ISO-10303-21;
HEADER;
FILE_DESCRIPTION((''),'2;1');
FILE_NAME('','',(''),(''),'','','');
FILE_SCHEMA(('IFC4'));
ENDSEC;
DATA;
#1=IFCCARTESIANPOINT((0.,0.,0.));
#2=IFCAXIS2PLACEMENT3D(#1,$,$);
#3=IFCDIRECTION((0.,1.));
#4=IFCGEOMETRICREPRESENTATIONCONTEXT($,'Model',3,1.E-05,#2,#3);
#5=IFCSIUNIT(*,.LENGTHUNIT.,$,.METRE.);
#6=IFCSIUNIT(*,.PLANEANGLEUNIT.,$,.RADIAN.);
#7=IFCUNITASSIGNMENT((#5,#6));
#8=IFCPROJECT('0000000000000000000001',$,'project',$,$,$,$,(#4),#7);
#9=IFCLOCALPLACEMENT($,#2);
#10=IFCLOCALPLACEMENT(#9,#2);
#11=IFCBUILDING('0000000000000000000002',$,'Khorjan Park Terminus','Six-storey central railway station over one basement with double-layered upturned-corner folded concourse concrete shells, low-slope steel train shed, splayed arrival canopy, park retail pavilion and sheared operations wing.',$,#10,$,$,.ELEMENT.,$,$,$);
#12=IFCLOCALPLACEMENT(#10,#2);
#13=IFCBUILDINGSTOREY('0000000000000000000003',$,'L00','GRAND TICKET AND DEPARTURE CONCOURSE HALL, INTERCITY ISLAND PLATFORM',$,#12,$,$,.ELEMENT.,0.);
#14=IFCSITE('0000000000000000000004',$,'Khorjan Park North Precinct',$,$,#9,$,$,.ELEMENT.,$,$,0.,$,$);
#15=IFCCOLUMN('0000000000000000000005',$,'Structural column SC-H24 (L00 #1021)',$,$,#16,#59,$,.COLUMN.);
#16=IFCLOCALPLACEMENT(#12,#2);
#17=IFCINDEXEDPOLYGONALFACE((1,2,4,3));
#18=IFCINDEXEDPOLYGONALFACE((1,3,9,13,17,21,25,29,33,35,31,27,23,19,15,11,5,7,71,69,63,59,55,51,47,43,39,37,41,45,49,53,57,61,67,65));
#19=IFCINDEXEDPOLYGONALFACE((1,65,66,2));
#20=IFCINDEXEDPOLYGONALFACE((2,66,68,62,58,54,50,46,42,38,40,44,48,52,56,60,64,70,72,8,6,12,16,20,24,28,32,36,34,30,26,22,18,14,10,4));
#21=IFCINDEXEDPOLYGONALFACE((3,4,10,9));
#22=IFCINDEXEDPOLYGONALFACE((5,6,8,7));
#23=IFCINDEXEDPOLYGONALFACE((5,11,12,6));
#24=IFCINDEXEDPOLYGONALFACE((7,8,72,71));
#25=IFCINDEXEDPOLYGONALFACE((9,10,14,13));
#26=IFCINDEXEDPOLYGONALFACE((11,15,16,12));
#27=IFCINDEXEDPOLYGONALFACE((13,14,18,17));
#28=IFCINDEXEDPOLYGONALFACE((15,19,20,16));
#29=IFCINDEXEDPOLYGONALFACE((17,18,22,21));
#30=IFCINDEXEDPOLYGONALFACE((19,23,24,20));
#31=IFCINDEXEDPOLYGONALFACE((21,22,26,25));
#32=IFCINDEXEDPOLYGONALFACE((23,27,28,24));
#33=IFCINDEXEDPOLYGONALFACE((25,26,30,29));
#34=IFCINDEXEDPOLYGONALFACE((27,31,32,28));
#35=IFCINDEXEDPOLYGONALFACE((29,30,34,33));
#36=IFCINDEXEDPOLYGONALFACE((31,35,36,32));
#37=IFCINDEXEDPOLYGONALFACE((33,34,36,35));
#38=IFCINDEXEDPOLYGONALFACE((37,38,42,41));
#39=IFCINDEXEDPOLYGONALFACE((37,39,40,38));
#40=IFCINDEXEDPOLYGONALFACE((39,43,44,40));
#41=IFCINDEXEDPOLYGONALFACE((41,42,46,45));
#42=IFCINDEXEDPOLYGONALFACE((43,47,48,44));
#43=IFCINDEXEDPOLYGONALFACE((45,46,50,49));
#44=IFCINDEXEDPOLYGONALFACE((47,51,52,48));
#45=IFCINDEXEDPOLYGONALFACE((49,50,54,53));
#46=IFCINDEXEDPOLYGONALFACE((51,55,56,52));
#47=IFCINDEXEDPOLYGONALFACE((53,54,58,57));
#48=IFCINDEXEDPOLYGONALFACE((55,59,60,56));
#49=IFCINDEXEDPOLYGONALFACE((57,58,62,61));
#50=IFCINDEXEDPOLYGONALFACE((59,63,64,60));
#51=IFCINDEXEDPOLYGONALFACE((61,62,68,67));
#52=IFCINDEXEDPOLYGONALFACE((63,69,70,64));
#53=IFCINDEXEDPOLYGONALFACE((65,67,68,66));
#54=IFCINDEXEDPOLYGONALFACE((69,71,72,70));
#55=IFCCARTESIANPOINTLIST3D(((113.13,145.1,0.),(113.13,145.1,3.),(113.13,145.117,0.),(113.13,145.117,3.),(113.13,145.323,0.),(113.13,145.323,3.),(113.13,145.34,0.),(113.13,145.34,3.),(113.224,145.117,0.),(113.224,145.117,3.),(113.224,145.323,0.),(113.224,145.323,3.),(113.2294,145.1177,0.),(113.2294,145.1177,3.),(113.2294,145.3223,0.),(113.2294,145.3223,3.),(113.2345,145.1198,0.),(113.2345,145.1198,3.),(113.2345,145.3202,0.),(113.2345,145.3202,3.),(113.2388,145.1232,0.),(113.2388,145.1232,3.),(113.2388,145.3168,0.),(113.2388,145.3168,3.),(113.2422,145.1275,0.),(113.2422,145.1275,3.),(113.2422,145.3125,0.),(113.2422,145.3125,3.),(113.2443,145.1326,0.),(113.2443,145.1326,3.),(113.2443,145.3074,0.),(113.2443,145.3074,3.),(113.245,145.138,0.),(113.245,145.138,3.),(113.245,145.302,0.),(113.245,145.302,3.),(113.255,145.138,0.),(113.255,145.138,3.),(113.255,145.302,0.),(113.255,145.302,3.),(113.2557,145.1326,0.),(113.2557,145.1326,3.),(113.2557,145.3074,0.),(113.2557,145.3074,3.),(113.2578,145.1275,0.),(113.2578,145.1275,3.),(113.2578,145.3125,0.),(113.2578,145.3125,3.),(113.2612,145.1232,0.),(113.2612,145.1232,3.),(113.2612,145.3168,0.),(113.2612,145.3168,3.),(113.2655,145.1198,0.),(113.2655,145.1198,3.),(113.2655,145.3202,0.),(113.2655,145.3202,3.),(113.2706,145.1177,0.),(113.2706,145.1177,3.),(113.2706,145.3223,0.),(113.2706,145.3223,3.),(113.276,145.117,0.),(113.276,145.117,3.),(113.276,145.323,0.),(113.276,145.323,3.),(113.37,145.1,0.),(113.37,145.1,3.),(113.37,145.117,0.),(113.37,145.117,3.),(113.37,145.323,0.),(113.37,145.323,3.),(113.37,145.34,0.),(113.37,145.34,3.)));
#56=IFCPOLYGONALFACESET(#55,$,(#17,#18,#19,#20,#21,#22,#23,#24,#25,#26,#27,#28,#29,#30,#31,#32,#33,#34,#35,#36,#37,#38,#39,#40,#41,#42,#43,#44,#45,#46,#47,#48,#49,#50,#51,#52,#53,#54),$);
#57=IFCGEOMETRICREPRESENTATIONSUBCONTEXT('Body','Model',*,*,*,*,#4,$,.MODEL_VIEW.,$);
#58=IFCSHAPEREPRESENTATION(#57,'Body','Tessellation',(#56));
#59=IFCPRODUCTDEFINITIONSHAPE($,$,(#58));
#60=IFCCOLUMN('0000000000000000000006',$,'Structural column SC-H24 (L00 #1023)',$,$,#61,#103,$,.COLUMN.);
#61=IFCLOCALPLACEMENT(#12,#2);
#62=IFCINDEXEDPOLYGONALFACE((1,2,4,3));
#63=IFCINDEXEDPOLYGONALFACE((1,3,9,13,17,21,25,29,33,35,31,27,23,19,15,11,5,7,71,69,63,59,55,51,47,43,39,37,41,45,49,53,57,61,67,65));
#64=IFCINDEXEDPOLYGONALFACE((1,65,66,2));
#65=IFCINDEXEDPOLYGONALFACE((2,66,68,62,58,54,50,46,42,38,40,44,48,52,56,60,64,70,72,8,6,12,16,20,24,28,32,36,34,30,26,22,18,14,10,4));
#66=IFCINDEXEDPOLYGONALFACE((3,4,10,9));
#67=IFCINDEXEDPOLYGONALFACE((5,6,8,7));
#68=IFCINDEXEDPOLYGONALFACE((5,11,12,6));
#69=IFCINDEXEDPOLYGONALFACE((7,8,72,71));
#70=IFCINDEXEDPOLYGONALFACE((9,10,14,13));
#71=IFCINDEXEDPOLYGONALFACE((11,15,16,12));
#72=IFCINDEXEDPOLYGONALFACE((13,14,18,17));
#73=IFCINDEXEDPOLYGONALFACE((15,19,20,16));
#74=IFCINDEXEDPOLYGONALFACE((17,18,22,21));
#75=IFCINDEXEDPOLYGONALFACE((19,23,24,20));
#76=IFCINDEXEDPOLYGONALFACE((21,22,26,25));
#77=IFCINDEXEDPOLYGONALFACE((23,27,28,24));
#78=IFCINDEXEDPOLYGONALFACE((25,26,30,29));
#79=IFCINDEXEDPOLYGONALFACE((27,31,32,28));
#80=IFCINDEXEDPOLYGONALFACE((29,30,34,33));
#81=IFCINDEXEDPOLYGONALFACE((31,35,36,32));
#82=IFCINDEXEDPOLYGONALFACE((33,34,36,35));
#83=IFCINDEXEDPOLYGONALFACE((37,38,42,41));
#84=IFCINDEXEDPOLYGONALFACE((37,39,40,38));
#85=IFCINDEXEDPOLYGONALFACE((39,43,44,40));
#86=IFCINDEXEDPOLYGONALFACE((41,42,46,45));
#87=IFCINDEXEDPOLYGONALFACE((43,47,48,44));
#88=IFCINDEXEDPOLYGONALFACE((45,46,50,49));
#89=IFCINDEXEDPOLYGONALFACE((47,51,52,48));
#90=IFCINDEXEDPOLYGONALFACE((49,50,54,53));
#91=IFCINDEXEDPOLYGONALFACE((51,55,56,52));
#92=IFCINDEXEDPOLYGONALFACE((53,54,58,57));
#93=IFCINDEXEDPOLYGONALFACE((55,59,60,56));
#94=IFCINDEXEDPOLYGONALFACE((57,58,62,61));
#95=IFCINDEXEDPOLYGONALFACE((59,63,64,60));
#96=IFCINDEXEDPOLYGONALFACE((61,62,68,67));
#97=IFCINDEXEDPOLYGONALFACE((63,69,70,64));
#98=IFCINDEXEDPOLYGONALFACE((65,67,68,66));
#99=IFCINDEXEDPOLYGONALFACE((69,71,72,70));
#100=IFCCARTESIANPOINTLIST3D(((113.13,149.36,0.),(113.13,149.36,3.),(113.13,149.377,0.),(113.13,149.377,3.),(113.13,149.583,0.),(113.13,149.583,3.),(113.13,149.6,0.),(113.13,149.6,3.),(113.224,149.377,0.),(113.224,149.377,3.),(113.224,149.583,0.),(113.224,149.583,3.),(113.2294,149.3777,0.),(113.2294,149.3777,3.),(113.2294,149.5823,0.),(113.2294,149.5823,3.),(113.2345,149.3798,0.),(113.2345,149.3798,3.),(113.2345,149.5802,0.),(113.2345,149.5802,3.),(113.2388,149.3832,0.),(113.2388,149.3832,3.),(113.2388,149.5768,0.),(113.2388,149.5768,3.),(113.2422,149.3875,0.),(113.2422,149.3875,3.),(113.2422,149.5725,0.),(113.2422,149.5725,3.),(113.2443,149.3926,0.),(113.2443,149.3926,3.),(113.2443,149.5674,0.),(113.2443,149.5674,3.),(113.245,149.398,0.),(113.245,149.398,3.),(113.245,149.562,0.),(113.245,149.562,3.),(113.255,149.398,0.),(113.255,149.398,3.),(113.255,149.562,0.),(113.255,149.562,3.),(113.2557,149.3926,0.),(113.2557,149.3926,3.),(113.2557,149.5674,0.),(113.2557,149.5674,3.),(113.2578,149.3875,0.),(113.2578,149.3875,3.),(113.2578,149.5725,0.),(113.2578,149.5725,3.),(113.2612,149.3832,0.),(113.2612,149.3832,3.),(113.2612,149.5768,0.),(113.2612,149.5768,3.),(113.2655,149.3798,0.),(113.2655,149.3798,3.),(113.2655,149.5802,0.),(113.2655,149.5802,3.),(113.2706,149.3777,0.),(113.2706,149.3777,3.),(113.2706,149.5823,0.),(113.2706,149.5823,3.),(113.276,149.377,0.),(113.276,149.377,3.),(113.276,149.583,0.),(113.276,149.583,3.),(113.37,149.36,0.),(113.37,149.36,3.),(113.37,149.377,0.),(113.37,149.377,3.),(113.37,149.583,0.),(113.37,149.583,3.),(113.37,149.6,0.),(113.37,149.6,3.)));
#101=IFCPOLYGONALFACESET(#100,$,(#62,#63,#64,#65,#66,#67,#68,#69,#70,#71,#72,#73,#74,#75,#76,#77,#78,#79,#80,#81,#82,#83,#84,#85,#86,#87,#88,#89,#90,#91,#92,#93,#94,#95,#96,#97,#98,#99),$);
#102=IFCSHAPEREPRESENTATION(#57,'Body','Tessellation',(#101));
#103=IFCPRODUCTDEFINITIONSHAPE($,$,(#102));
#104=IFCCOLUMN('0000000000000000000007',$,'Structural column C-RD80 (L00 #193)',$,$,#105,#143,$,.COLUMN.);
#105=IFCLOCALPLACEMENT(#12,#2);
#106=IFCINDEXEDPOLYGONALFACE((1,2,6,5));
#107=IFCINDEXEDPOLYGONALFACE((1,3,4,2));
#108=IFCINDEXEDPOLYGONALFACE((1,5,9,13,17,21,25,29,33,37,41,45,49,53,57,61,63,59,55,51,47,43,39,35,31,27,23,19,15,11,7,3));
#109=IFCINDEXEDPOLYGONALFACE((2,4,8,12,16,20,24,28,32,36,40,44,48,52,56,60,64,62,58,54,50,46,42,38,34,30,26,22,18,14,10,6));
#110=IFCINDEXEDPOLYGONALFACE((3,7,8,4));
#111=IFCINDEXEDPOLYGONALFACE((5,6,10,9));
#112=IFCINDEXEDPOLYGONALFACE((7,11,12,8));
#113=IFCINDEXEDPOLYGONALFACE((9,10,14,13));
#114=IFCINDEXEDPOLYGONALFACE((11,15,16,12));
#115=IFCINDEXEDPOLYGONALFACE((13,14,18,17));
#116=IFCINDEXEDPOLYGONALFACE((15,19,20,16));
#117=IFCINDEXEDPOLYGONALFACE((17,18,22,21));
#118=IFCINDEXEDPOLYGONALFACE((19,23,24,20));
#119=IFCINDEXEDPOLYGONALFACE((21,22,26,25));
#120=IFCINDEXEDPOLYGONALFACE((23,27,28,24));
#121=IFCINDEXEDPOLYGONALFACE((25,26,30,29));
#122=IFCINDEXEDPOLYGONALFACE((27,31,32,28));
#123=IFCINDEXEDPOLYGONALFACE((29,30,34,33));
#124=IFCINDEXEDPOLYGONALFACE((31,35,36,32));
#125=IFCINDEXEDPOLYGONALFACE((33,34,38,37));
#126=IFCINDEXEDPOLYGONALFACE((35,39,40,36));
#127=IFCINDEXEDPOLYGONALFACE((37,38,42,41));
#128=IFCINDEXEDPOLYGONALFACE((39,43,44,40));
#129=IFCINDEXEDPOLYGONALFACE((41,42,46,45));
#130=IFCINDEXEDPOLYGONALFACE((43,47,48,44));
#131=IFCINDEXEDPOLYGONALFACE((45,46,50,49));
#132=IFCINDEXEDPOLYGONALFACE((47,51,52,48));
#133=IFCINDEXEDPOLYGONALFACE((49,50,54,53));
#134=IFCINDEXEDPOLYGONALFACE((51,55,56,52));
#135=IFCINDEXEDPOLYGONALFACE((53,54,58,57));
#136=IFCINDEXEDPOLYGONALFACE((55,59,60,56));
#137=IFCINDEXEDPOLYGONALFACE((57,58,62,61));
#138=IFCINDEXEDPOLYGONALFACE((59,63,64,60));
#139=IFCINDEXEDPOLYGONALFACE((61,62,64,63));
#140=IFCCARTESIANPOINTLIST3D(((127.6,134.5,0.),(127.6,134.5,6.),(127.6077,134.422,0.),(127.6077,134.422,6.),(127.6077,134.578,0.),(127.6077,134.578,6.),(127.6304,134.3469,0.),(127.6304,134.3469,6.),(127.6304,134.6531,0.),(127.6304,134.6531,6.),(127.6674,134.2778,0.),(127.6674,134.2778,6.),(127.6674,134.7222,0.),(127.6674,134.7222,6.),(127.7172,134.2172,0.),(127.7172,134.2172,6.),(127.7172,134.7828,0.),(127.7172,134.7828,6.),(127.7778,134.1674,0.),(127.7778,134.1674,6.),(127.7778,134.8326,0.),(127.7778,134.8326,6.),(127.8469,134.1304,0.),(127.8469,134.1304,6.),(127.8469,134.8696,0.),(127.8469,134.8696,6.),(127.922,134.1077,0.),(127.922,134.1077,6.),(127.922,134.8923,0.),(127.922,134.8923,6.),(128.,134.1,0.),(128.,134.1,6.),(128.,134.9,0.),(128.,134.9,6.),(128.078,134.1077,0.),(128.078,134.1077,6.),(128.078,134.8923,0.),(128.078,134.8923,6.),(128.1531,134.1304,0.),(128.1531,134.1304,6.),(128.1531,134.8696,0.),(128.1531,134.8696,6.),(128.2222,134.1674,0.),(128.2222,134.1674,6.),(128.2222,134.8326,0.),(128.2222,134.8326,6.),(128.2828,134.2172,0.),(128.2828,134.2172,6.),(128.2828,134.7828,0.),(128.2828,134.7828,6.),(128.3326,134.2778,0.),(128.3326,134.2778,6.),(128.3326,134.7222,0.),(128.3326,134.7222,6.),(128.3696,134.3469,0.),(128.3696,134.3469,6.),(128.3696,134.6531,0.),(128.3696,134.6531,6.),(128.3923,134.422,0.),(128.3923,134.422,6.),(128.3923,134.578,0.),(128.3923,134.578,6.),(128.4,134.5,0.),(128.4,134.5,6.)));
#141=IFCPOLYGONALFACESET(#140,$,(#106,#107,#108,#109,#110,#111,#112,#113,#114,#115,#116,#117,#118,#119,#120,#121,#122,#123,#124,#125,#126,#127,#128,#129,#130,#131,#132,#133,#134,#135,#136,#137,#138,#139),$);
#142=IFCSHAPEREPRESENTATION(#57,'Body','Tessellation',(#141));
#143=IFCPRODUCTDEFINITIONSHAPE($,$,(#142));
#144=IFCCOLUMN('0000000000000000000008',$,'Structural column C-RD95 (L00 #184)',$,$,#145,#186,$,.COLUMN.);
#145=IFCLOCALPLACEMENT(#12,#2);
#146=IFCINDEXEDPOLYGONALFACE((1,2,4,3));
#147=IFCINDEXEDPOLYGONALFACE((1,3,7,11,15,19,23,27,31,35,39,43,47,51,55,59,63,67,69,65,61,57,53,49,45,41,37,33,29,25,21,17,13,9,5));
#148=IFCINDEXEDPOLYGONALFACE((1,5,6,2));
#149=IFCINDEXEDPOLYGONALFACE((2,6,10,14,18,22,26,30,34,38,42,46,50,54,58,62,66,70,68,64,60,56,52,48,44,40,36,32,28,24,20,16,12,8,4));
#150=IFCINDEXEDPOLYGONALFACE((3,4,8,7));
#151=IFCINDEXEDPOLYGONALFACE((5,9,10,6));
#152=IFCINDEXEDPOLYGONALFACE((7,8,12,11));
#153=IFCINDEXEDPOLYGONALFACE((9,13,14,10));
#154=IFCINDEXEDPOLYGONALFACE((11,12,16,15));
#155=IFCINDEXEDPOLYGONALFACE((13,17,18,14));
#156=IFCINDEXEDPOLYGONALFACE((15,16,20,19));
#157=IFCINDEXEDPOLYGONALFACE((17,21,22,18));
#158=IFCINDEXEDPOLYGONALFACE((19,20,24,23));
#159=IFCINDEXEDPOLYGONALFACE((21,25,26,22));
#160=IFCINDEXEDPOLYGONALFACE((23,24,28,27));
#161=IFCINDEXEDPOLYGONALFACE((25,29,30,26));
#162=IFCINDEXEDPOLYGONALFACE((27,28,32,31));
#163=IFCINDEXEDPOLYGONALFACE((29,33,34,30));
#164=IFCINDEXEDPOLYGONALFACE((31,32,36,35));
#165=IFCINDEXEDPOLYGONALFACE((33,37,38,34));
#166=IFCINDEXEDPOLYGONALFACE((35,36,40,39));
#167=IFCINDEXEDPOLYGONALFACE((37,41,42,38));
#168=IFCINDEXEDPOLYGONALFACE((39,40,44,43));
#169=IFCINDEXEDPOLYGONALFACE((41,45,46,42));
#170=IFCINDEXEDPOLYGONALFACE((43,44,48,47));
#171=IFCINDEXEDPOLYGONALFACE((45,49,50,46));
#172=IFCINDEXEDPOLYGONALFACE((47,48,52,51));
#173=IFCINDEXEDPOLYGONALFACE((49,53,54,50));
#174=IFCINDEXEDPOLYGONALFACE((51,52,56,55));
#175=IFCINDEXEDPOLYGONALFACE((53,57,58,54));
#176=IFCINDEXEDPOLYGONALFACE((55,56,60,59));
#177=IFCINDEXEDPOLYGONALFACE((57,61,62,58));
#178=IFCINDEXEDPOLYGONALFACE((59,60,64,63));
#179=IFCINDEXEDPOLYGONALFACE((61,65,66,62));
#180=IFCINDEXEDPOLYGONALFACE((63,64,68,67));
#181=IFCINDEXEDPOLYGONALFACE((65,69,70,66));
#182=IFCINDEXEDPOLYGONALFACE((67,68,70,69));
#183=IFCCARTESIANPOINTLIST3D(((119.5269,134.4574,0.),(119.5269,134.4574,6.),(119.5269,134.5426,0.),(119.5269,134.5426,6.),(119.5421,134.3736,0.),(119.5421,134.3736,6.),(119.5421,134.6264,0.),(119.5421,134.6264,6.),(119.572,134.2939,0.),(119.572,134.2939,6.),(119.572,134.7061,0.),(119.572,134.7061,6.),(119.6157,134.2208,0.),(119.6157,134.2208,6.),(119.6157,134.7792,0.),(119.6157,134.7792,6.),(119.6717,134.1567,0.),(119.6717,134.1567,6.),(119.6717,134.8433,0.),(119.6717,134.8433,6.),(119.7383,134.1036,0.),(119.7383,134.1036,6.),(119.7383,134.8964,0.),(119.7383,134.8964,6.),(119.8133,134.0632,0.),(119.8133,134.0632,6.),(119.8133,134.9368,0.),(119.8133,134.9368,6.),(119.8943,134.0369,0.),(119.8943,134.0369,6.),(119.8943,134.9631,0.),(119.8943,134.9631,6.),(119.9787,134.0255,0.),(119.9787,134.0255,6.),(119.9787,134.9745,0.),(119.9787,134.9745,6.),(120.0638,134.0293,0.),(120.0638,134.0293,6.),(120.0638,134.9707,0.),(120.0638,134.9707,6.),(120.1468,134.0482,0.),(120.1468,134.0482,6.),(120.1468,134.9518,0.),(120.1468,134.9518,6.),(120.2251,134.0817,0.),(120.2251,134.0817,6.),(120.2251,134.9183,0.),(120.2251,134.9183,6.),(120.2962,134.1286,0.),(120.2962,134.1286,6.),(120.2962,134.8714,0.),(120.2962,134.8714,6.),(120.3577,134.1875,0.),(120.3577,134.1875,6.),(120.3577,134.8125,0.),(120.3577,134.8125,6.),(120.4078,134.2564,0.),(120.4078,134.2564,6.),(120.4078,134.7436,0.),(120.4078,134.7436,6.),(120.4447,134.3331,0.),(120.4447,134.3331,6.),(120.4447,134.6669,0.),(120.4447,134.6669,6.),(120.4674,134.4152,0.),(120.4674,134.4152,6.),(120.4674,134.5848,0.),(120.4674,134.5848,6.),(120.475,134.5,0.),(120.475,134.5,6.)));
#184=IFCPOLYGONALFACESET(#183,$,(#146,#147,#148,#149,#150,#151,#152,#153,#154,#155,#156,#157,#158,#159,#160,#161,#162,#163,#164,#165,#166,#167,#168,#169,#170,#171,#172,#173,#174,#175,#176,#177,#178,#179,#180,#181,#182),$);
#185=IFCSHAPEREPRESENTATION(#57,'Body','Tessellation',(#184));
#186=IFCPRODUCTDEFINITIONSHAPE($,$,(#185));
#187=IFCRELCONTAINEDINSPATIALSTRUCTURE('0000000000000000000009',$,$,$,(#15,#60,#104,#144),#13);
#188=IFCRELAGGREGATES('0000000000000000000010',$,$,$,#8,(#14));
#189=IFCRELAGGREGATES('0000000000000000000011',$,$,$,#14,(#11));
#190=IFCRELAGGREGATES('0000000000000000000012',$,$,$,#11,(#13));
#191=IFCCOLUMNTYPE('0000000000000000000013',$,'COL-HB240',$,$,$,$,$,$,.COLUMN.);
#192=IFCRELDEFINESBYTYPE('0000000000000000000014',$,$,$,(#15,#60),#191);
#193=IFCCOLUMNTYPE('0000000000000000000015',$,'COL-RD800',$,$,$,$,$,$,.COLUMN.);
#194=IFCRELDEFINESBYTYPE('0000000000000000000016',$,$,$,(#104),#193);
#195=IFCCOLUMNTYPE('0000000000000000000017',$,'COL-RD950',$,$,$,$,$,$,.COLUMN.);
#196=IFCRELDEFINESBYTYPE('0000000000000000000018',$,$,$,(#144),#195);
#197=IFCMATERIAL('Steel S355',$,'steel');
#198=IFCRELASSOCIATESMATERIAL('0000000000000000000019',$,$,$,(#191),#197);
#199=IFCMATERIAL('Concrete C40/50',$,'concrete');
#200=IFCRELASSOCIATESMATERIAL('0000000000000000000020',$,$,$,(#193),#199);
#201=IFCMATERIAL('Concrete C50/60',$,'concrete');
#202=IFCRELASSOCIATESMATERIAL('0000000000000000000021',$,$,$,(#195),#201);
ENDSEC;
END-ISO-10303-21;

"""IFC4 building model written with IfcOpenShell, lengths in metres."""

from ifc_helpers import new_model, si_unit, direction, frame, origin, origin_2d, place, context, subcontext, project, spatial, circle, i_section, extrude, material, material_profile, profile_set, type_object, element, save


model = new_model("IFC4")

# Units and contexts
model_context = context("Model", 3, precision=1e-05, world=origin(), true_north=direction((0.0, 1.0)))
body_context = subcontext(model_context, "Body", "Model", "MODEL_VIEW")
ifc_project = project(units=[si_unit("LENGTHUNIT", "METRE"), si_unit("PLANEANGLEUNIT", "RADIAN")], contexts=[model_context])

# Site, building, storey
site_placement = place(None, origin())
site = spatial("IfcSite", under=ifc_project, at=site_placement, Name="Khorjan Park North Precinct", CompositionType="ELEMENT", RefElevation=0.0)
building_placement = place(site_placement, origin())
building = spatial("IfcBuilding", under=site, at=building_placement, Name="Khorjan Park Terminus", Description="Six-storey central railway station over one basement with double-layered upturned-corner folded concourse concrete shells, low-slope steel train shed, splayed arrival canopy, park retail pavilion and sheared operations wing.", CompositionType="ELEMENT")
storey_placement = place(building_placement, origin())
storey = spatial("IfcBuildingStorey", under=building, at=storey_placement, Name="L00", Description="GRAND TICKET AND DEPARTURE CONCOURSE HALL, INTERCITY ISLAND PLATFORM", CompositionType="ELEMENT", Elevation=0.0)

# Columns
ifc_material_1 = material(Name="Steel S355", Category="steel")
ifc_material_profile_1 = material_profile(ifc_material_1, i_section(OverallWidth=0.24, OverallDepth=0.24, WebThickness=0.01, FlangeThickness=0.017, FilletRadius=0.021, at=origin_2d()), Name="HEB 240")
ifc_profile_set_1 = profile_set([ifc_material_profile_1], Name="Steel S355")
column_type_1 = type_object("IfcColumnType", Name="COL-HB240", PredefinedType="COLUMN", material=ifc_profile_set_1)
for number, where, z_axis, x_axis, name in (
    (1, (113.25, 145.22, 0.0), (0.0, 0.0, 1.0), (1.0, 0.0, 0.0), "Structural column SC-H24 (L00 #1021)"),
    (2, (113.25, 149.48, 0.0), (0.0, 0.0, 1.0), (1.0, 0.0, 0.0), "Structural column SC-H24 (L00 #1023)"),
):
    element("IfcColumn", number, at=place(storey_placement, frame(where, z_axis=z_axis, x_axis=x_axis)), inside=storey, type_object=column_type_1, Name=name, PredefinedType="COLUMN", context=body_context, shape_type="SweptSolid", body=[
        extrude(i_section(OverallWidth=0.24, OverallDepth=0.24, WebThickness=0.01, FlangeThickness=0.017, FilletRadius=0.021, at=origin_2d()), origin(), (0.0, 0.0, 1.0), 3.0),
    ])
ifc_material_2 = material(Name="Concrete C40/50", Category="concrete")
ifc_material_profile_2 = material_profile(ifc_material_2, circle(Radius=0.4, at=origin_2d()), Name="RC D800")
ifc_profile_set_2 = profile_set([ifc_material_profile_2], Name="Concrete C40/50")
column_type_2 = type_object("IfcColumnType", Name="COL-RD800", PredefinedType="COLUMN", material=ifc_profile_set_2)
column_1_placement = place(storey_placement, frame((128.0, 134.5, 0.0), z_axis=(0.0, 0.0, 1.0), x_axis=(1.0, 0.0, 0.0)))
element("IfcColumn", 3, at=column_1_placement, inside=storey, type_object=column_type_2, Name="Structural column C-RD80 (L00 #193)", PredefinedType="COLUMN", context=body_context, shape_type="SweptSolid", body=[
    extrude(circle(Radius=0.4, at=origin_2d()), origin(), (0.0, 0.0, 1.0), 6.0),
])
ifc_material_3 = material(Name="Concrete C50/60", Category="concrete")
ifc_material_profile_3 = material_profile(ifc_material_3, circle(Radius=0.475, at=origin_2d()), Name="RC D950")
ifc_profile_set_3 = profile_set([ifc_material_profile_3], Name="Concrete C50/60")
column_type_3 = type_object("IfcColumnType", Name="COL-RD950", PredefinedType="COLUMN", material=ifc_profile_set_3)
column_2_placement = place(storey_placement, frame((120.0, 134.5, 0.0), z_axis=(0.0, 0.0, 1.0), x_axis=(1.0, 0.0, 0.0)))
element("IfcColumn", 4, at=column_2_placement, inside=storey, type_object=column_type_3, Name="Structural column C-RD95 (L00 #184)", PredefinedType="COLUMN", context=body_context, shape_type="SweptSolid", body=[
    extrude(circle(Radius=0.475, at=origin_2d()), origin(), (0.0, 0.0, 1.0), 6.0),
])

save(model, "model.ifc")
